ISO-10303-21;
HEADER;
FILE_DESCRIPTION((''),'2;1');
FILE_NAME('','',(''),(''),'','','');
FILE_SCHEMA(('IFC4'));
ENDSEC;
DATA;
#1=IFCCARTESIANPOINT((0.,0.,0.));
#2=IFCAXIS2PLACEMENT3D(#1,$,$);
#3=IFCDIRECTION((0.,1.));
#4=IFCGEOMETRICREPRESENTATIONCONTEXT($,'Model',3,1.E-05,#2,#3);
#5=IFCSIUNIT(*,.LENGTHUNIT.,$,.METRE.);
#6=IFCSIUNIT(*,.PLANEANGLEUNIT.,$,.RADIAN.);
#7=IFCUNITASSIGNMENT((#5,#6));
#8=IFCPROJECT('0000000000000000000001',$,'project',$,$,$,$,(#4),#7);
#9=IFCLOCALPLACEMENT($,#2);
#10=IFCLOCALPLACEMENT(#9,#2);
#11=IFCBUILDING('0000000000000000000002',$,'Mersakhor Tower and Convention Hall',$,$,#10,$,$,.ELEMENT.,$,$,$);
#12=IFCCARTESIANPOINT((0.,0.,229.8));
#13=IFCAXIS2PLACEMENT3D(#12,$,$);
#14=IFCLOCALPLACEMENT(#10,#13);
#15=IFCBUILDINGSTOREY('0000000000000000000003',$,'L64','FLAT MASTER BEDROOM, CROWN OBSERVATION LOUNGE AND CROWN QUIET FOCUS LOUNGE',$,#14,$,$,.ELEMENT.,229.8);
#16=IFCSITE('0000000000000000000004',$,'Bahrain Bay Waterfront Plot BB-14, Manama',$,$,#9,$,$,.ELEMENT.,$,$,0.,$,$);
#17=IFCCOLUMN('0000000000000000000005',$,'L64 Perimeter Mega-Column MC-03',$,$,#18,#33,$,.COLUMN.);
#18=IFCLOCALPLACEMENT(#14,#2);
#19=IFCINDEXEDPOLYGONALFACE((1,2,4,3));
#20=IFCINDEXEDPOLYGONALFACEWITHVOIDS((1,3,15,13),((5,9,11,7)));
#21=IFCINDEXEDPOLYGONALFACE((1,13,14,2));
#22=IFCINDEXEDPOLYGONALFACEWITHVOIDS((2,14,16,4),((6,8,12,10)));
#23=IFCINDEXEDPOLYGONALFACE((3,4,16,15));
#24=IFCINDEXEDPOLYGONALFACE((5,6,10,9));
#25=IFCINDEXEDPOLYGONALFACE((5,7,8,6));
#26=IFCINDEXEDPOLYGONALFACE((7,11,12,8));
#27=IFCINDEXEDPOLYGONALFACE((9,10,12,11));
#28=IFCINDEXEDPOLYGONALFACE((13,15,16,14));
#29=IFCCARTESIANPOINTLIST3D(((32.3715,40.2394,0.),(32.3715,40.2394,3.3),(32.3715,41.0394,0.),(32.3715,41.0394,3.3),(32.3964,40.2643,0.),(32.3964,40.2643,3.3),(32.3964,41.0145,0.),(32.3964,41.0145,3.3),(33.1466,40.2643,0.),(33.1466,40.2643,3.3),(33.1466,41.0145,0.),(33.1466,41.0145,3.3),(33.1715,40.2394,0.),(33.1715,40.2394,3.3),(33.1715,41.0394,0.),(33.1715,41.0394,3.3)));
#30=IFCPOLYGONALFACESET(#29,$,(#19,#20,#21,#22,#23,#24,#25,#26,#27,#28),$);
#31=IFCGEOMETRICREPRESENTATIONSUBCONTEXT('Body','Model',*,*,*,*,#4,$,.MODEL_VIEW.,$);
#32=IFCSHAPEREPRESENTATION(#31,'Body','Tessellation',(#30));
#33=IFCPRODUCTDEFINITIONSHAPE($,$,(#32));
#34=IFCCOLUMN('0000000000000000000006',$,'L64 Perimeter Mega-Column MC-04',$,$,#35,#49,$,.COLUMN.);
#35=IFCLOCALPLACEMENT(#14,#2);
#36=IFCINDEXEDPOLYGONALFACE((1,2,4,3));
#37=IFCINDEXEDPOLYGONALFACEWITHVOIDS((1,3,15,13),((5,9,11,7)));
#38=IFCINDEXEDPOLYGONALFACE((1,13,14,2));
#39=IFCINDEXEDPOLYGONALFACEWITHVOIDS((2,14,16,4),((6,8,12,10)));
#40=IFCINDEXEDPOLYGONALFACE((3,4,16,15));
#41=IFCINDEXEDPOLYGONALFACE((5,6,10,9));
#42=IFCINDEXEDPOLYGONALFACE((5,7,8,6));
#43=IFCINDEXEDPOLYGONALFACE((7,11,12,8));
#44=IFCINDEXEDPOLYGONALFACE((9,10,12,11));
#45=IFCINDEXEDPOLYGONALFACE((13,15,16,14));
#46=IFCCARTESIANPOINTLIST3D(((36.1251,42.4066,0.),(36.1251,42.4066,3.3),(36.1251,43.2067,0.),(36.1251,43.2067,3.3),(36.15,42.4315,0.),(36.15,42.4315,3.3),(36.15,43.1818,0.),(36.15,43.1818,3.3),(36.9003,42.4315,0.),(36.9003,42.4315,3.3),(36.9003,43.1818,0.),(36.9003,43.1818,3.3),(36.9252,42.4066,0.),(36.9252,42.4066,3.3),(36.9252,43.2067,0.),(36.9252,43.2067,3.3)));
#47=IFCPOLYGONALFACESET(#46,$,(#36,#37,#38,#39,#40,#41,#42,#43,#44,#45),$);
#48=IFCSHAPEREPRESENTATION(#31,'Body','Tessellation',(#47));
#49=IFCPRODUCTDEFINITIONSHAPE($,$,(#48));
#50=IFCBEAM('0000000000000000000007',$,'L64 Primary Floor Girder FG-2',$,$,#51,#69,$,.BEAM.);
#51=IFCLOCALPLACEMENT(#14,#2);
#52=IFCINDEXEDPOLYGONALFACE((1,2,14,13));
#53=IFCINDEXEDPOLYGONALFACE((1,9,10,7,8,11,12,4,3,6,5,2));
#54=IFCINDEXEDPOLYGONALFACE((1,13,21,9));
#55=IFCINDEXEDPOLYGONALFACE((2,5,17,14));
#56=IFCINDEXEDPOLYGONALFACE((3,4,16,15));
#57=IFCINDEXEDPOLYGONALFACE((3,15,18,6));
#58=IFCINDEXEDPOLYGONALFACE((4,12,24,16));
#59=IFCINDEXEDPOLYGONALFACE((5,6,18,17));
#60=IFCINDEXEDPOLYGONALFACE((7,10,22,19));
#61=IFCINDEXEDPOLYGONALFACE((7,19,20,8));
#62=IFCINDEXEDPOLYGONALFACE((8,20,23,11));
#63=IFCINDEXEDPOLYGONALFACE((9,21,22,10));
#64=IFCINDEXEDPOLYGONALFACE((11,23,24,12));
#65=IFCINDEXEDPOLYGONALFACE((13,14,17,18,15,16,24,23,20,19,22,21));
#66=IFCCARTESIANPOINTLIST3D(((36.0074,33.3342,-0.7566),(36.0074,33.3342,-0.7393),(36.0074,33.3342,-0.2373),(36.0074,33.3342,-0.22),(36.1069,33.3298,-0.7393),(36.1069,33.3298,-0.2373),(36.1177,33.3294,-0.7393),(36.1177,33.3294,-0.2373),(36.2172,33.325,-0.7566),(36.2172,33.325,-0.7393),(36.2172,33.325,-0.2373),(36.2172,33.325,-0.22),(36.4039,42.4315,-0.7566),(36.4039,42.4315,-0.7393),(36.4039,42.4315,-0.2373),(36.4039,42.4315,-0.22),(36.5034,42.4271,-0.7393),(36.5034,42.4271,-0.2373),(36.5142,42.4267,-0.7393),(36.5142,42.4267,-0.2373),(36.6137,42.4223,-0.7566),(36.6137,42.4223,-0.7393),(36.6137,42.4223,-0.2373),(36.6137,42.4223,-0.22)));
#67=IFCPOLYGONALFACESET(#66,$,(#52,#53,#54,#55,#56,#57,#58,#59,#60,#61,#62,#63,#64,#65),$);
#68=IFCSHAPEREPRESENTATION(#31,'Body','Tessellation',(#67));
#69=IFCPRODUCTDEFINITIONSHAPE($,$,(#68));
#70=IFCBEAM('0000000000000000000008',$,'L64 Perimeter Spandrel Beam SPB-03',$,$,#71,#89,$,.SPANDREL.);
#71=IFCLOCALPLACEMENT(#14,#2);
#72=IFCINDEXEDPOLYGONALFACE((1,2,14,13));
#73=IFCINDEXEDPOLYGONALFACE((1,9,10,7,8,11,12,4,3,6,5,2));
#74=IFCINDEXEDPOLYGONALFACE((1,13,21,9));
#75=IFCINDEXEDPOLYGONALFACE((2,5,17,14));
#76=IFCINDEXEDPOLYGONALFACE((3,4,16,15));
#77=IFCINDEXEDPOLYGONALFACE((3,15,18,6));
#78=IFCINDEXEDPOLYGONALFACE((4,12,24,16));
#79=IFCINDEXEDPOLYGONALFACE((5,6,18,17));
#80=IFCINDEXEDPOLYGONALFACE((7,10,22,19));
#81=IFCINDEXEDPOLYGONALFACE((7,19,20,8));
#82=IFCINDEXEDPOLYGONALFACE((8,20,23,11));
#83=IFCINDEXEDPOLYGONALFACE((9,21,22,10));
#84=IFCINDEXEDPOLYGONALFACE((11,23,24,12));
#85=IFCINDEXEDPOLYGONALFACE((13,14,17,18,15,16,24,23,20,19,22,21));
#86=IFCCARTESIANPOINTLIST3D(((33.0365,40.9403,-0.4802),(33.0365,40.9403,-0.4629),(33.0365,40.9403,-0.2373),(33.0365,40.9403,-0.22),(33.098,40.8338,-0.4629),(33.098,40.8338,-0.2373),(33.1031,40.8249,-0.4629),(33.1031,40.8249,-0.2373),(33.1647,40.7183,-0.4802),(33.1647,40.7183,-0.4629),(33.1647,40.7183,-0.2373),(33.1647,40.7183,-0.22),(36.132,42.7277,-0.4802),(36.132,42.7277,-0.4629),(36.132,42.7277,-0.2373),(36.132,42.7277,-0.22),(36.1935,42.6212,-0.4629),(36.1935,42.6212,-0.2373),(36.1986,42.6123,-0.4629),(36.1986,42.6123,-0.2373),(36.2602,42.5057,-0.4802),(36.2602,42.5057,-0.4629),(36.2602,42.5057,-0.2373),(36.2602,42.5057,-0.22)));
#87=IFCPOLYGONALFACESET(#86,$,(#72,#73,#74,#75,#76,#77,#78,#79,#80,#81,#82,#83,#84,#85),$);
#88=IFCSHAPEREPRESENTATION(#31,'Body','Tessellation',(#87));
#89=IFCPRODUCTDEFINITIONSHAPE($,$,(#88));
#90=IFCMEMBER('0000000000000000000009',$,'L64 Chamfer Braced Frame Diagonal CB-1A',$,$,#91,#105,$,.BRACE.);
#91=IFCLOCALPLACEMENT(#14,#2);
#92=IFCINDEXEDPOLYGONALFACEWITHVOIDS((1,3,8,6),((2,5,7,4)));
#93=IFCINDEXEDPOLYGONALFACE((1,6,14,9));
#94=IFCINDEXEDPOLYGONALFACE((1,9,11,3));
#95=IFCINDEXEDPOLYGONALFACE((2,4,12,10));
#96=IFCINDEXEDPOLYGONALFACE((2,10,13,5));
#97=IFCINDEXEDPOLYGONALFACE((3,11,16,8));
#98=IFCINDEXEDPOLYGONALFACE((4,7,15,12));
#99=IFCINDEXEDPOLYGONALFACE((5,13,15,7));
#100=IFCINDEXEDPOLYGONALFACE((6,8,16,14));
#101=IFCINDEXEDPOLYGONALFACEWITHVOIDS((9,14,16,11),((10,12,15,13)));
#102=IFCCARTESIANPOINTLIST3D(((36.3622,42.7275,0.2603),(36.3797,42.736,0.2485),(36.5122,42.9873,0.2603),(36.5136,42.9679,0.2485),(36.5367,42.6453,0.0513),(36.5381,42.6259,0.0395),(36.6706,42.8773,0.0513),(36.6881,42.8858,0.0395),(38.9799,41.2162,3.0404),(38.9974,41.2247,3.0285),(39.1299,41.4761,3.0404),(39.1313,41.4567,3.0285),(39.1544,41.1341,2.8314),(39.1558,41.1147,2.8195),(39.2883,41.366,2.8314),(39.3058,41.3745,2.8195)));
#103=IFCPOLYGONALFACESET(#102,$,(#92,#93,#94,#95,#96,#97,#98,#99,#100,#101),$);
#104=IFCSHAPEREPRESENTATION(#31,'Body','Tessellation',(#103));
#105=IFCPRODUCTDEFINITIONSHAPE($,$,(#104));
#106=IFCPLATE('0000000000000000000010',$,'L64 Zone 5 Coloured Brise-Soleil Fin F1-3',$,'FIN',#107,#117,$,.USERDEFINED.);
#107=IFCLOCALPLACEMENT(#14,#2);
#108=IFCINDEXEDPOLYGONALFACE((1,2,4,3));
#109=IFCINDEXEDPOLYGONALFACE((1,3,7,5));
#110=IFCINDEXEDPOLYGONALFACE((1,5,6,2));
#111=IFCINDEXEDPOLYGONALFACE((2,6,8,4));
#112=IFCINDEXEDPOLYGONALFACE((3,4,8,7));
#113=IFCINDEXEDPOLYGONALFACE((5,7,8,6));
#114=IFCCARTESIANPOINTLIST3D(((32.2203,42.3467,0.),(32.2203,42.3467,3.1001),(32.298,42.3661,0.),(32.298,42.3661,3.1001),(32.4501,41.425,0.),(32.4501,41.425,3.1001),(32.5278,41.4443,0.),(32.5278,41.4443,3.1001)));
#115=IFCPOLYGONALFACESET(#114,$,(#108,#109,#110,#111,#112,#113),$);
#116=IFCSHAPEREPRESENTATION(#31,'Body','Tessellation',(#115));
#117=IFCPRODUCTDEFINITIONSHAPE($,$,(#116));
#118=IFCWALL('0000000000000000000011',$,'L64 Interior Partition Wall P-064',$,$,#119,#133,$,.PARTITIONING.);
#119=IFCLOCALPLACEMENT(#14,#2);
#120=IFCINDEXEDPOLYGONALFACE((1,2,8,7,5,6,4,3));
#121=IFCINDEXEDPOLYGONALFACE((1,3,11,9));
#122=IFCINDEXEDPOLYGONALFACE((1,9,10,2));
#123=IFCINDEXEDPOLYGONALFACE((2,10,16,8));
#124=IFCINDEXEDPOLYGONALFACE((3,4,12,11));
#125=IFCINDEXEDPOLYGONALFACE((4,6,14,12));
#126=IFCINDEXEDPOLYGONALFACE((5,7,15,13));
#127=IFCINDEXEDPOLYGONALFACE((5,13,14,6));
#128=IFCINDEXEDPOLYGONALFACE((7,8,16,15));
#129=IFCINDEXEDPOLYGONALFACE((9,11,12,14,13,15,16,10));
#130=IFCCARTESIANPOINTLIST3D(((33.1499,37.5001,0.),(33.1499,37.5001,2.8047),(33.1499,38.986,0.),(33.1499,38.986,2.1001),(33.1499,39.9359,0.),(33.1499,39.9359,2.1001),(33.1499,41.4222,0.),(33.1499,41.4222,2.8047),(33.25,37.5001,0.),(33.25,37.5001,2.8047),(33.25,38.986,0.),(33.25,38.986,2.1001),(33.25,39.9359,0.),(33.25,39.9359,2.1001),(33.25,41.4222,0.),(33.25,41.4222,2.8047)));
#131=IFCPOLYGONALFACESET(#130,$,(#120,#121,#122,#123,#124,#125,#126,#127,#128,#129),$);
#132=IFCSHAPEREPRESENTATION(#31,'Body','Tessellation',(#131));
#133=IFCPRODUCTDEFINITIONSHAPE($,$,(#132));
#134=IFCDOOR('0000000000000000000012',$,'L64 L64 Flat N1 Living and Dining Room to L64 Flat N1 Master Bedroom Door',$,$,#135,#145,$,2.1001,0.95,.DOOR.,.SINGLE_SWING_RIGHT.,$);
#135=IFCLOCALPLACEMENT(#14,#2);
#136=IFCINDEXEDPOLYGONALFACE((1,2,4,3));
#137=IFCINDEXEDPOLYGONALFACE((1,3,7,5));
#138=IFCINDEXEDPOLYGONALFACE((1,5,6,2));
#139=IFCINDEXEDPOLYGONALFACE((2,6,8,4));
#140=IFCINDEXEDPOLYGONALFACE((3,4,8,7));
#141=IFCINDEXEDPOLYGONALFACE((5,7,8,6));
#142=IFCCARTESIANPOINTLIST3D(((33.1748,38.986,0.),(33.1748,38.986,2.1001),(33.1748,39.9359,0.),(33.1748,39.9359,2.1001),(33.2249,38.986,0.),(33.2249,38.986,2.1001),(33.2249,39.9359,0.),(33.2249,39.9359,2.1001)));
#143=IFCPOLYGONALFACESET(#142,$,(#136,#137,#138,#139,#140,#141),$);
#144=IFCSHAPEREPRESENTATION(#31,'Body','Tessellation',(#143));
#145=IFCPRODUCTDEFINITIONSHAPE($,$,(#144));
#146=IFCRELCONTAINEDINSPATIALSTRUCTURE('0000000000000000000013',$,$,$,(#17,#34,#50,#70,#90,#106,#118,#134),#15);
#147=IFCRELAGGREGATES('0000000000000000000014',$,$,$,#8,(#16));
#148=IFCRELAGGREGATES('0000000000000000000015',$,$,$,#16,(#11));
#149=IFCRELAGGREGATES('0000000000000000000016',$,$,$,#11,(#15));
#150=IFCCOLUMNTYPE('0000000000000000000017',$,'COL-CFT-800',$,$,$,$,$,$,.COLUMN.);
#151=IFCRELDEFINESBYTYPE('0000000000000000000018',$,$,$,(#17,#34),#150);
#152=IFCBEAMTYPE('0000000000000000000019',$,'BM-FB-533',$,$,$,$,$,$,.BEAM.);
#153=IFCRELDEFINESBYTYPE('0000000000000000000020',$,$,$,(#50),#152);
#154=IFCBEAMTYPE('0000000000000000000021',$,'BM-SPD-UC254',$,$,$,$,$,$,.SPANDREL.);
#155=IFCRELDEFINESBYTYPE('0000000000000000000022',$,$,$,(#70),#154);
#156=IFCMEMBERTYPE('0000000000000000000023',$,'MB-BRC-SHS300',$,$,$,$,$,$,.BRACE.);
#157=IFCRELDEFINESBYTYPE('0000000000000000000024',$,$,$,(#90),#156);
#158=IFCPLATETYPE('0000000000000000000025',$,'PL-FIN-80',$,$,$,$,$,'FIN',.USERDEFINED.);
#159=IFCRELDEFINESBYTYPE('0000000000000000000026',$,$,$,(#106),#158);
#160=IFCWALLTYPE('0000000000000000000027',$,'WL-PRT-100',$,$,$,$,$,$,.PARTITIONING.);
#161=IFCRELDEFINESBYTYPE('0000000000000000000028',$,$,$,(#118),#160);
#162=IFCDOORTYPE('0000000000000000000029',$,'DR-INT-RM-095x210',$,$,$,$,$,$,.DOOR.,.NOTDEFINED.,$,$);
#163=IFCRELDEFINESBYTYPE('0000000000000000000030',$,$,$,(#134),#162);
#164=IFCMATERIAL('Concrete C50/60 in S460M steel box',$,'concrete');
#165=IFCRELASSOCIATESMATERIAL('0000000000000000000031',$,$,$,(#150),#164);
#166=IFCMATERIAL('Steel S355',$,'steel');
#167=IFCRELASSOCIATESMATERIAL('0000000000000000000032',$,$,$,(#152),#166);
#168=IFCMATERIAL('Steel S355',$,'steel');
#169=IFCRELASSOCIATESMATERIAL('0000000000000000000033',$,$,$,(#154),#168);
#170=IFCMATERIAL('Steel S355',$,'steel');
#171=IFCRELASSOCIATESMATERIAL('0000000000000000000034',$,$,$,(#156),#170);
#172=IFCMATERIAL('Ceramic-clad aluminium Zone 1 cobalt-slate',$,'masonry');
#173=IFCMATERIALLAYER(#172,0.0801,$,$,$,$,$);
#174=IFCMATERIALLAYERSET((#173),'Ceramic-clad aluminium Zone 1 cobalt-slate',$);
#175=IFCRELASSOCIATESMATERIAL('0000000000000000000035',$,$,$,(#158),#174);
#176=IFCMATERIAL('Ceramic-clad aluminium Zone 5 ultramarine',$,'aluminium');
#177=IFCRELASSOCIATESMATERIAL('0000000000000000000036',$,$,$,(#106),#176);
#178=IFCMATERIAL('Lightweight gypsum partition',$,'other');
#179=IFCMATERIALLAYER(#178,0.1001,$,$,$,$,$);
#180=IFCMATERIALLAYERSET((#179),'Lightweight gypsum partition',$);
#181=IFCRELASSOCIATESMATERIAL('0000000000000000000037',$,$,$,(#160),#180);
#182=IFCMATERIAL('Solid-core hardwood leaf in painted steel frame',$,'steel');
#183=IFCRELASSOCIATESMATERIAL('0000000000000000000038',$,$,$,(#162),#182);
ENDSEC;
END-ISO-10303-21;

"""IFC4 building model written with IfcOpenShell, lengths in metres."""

from ifc_helpers import new_model, si_unit, direction, frame, frame_2d, origin, origin_2d, place, context, subcontext, project, spatial, rectangle, hollow_rectangle, i_section, extrude, material, layer, layer_set, material_profile, profile_set, type_object, element, fill, save


model = new_model("IFC4")

# Units and contexts
model_context = context("Model", 3, precision=1e-05, world=origin(), true_north=direction((0.0, 1.0)))
body_context = subcontext(model_context, "Body", "Model", "MODEL_VIEW")
ifc_project = project(units=[si_unit("LENGTHUNIT", "METRE"), si_unit("PLANEANGLEUNIT", "RADIAN")], contexts=[model_context])

# Site, building, storey
site_placement = place(None, origin())
site = spatial("IfcSite", under=ifc_project, at=site_placement, Name="Bahrain Bay Waterfront Plot BB-14, Manama", CompositionType="ELEMENT", RefElevation=0.0)
building_placement = place(site_placement, origin())
building = spatial("IfcBuilding", under=site, at=building_placement, Name="Mersakhor Tower and Convention Hall", CompositionType="ELEMENT")
storey_placement = place(building_placement, frame((0.0, 0.0, 229.8)))
storey = spatial("IfcBuildingStorey", under=building, at=storey_placement, Name="L64", Description="FLAT MASTER BEDROOM, CROWN OBSERVATION LOUNGE AND CROWN QUIET FOCUS LOUNGE", CompositionType="ELEMENT", Elevation=229.8)

# Columns
ifc_material_1 = material(Name="Concrete C50/60 in S460M steel box", Category="concrete")
ifc_material_profile_1 = material_profile(ifc_material_1, hollow_rectangle(XDim=0.8, YDim=0.8, WallThickness=0.0249, at=origin_2d()), Name="SHS 800x800x25")
ifc_profile_set_1 = profile_set([ifc_material_profile_1], Name="Concrete C50/60 in S460M steel box")
column_type = type_object("IfcColumnType", Name="COL-CFT-800", PredefinedType="COLUMN", material=ifc_profile_set_1)
for number, where, z_axis, x_axis, name in (
    (1, (32.7715, 40.6394, 0.0), (0.0, 0.0, 1.0), (1.0, 0.0, 0.0), "L64 Perimeter Mega-Column MC-03"),
    (2, (36.5251, 42.8066, 0.0), (0.0, 0.0, 1.0), (1.0, 0.0, 0.0), "L64 Perimeter Mega-Column MC-04"),
):
    element("IfcColumn", number, at=place(storey_placement, frame(where, z_axis=z_axis, x_axis=x_axis)), inside=storey, type_object=column_type, Name=name, PredefinedType="COLUMN", context=body_context, shape_type="SweptSolid", body=[
        extrude(hollow_rectangle(XDim=0.8, YDim=0.8, WallThickness=0.0249, at=origin_2d()), origin(), (0.0, 0.0, 1.0), 3.3),
    ])

# Beams
ifc_material_2 = material(Name="Steel S355", Category="steel")
ifc_material_profile_2 = material_profile(ifc_material_2, i_section(OverallWidth=0.21, OverallDepth=0.5366, WebThickness=0.0107, FlangeThickness=0.0173, at=origin_2d()), Name="UB 533x210x101")
ifc_profile_set_2 = profile_set([ifc_material_profile_2], Name="Steel S355")
beam_type_1 = type_object("IfcBeamType", Name="BM-FB-533", PredefinedType="BEAM", material=ifc_profile_set_2)
beam_1_placement = place(storey_placement, frame((36.1123, 33.3296, -0.4883), z_axis=(0.043541, 0.999052, 0.0), x_axis=(-0.999052, 0.043541, 0.0)))
element("IfcBeam", 3, at=beam_1_placement, inside=storey, type_object=beam_type_1, Name="L64 Primary Floor Girder FG-2", PredefinedType="BEAM", context=body_context, shape_type="SweptSolid", body=[
    extrude(i_section(OverallWidth=0.21, OverallDepth=0.5366, WebThickness=0.0107, FlangeThickness=0.0173, at=origin_2d()), origin(), (0.0, 0.0, 1.0), 9.106),
])
ifc_material_3 = material(Name="Steel S355", Category="steel")
ifc_material_profile_3 = material_profile(ifc_material_3, i_section(OverallWidth=0.2563, OverallDepth=0.2603, WebThickness=0.0103, FlangeThickness=0.0173, at=origin_2d()), Name="UC 254x254x89")
ifc_profile_set_3 = profile_set([ifc_material_profile_3], Name="Steel S355")
beam_type_2 = type_object("IfcBeamType", Name="BM-SPD-UC254", PredefinedType="SPANDREL", material=ifc_profile_set_3)
beam_2_placement = place(storey_placement, frame((33.1006, 40.8293, -0.3501), z_axis=(0.866002, 0.50004, 0.0), x_axis=(-0.50004, 0.866002, 0.0)))
element("IfcBeam", 4, at=beam_2_placement, inside=storey, type_object=beam_type_2, Name="L64 Perimeter Spandrel Beam SPB-03", PredefinedType="SPANDREL", context=body_context, shape_type="SweptSolid", body=[
    extrude(i_section(OverallWidth=0.2563, OverallDepth=0.2603, WebThickness=0.0103, FlangeThickness=0.0173, at=origin_2d()), origin(), (0.0, 0.0, 1.0), 3.5745),
])

# Member
ifc_material_4 = material(Name="Steel S355", Category="steel")
ifc_material_profile_4 = material_profile(ifc_material_4, hollow_rectangle(XDim=0.3, YDim=0.3, WallThickness=0.0161, at=origin_2d()), Name="SHS 300x300x16")
ifc_profile_set_4 = profile_set([ifc_material_profile_4], Name="Steel S355")
member_type = type_object("IfcMemberType", Name="MB-BRC-SHS300", PredefinedType="BRACE", material=ifc_profile_set_4)
member_placement = place(storey_placement, frame((36.5251, 42.8066, 0.1499), z_axis=(0.637423, -0.367996, 0.676957), x_axis=(0.499979, 0.866038, 0.0)))
element("IfcMember", 5, at=member_placement, inside=storey, type_object=member_type, Name="L64 Chamfer Braced Frame Diagonal CB-1A", PredefinedType="BRACE", context=body_context, shape_type="SweptSolid", body=[
    extrude(hollow_rectangle(XDim=0.3, YDim=0.3, WallThickness=0.0161, at=origin_2d()), origin(), (0.0, 0.0, 1.0), 4.1067),
])

# Plate
ifc_material_5 = material(Name="Ceramic-clad aluminium Zone 5 ultramarine", Category="aluminium")
ifc_material_6 = material(Name="Ceramic-clad aluminium Zone 1 cobalt-slate", Category="masonry")
ifc_layer_1 = layer(ifc_material_6, 0.0801)
ifc_layer_set_1 = layer_set([ifc_layer_1], Name="Ceramic-clad aluminium Zone 1 cobalt-slate")
plate_type = type_object("IfcPlateType", Name="PL-FIN-80", ElementType="FIN", PredefinedType="USERDEFINED", material=ifc_layer_set_1)
plate_placement = place(storey_placement, frame((32.374, 41.8955, 0.0), z_axis=(0.0, 0.0, 1.0), x_axis=(-0.241922, 0.970296, 0.0)))
element("IfcPlate", 6, at=plate_placement, inside=storey, type_object=plate_type, material=ifc_material_5, Name="L64 Zone 5 Coloured Brise-Soleil Fin F1-3", ObjectType="FIN", PredefinedType="USERDEFINED", context=body_context, shape_type="SweptSolid", body=[
    extrude(rectangle(XDim=0.95, YDim=0.0801, at=origin_2d()), origin(), (0.0, 0.0, 1.0), 3.1001),
])

# Wall, opening, door
ifc_material_7 = material(Name="Lightweight gypsum partition", Category="other")
ifc_layer_2 = layer(ifc_material_7, 0.1001)
ifc_layer_set_2 = layer_set([ifc_layer_2], Name="Lightweight gypsum partition")
wall_type_1 = type_object("IfcWallType", Name="WL-PRT-100", PredefinedType="PARTITIONING", material=ifc_layer_set_2)
wall_1_placement = place(storey_placement, frame((33.2, 41.4221, 0.0), z_axis=(0.0, 0.0, 1.0), x_axis=(0.0, -1.0, 0.0)))
wall_1 = element("IfcWall", 7, at=wall_1_placement, inside=storey, type_object=wall_type_1, Name="L64 Interior Partition Wall P-064", PredefinedType="PARTITIONING", context=body_context, shape_type="SweptSolid", body=[
    extrude(rectangle(XDim=3.9221, YDim=0.1001, at=frame_2d((1.9609, 0.0))), origin(), (0.0, 0.0, 1.0), 2.8047),
])
opening_1_placement = place(wall_1_placement, frame((1.4861, 0.0, 0.0)))
opening_1 = element("IfcOpeningElement", 8, at=opening_1_placement, cuts=wall_1, PredefinedType="OPENING", context=body_context, shape_type="SweptSolid", body=[
    extrude(rectangle(XDim=0.95, YDim=2.1001, at=frame_2d((0.4751, 1.05))), frame((0.0, 0.0601, 0.0), z_axis=(0.0, -1.0, 0.0), x_axis=(1.0, 0.0, 0.0)), (0.0, 0.0, 1.0), 0.1201),
])
ifc_material_8 = material(Name="Solid-core hardwood leaf in painted steel frame", Category="steel")
door_type_1 = type_object("IfcDoorType", Name="DR-INT-RM-095x210", OperationType="NOTDEFINED", PredefinedType="DOOR", material=ifc_material_8)
door_1_placement = place(opening_1_placement, origin())
door_1 = element("IfcDoor", 9, at=door_1_placement, inside=storey, type_object=door_type_1, Name="L64 L64 Flat N1 Living and Dining Room to L64 Flat N1 Master Bedroom Door", OperationType="SINGLE_SWING_RIGHT", OverallHeight=2.1001, OverallWidth=0.95, PredefinedType="DOOR", context=body_context, shape_type="SweptSolid", body=[
    extrude(rectangle(XDim=0.95, YDim=2.1001, at=frame_2d((0.4751, 1.05))), frame((0.0, 0.0249, 0.0), z_axis=(0.0, -1.0, 0.0), x_axis=(1.0, 0.0, 0.0)), (0.0, 0.0, 1.0), 0.05),
])
fill(opening_1, door_1)

save(model, "model.ifc")
